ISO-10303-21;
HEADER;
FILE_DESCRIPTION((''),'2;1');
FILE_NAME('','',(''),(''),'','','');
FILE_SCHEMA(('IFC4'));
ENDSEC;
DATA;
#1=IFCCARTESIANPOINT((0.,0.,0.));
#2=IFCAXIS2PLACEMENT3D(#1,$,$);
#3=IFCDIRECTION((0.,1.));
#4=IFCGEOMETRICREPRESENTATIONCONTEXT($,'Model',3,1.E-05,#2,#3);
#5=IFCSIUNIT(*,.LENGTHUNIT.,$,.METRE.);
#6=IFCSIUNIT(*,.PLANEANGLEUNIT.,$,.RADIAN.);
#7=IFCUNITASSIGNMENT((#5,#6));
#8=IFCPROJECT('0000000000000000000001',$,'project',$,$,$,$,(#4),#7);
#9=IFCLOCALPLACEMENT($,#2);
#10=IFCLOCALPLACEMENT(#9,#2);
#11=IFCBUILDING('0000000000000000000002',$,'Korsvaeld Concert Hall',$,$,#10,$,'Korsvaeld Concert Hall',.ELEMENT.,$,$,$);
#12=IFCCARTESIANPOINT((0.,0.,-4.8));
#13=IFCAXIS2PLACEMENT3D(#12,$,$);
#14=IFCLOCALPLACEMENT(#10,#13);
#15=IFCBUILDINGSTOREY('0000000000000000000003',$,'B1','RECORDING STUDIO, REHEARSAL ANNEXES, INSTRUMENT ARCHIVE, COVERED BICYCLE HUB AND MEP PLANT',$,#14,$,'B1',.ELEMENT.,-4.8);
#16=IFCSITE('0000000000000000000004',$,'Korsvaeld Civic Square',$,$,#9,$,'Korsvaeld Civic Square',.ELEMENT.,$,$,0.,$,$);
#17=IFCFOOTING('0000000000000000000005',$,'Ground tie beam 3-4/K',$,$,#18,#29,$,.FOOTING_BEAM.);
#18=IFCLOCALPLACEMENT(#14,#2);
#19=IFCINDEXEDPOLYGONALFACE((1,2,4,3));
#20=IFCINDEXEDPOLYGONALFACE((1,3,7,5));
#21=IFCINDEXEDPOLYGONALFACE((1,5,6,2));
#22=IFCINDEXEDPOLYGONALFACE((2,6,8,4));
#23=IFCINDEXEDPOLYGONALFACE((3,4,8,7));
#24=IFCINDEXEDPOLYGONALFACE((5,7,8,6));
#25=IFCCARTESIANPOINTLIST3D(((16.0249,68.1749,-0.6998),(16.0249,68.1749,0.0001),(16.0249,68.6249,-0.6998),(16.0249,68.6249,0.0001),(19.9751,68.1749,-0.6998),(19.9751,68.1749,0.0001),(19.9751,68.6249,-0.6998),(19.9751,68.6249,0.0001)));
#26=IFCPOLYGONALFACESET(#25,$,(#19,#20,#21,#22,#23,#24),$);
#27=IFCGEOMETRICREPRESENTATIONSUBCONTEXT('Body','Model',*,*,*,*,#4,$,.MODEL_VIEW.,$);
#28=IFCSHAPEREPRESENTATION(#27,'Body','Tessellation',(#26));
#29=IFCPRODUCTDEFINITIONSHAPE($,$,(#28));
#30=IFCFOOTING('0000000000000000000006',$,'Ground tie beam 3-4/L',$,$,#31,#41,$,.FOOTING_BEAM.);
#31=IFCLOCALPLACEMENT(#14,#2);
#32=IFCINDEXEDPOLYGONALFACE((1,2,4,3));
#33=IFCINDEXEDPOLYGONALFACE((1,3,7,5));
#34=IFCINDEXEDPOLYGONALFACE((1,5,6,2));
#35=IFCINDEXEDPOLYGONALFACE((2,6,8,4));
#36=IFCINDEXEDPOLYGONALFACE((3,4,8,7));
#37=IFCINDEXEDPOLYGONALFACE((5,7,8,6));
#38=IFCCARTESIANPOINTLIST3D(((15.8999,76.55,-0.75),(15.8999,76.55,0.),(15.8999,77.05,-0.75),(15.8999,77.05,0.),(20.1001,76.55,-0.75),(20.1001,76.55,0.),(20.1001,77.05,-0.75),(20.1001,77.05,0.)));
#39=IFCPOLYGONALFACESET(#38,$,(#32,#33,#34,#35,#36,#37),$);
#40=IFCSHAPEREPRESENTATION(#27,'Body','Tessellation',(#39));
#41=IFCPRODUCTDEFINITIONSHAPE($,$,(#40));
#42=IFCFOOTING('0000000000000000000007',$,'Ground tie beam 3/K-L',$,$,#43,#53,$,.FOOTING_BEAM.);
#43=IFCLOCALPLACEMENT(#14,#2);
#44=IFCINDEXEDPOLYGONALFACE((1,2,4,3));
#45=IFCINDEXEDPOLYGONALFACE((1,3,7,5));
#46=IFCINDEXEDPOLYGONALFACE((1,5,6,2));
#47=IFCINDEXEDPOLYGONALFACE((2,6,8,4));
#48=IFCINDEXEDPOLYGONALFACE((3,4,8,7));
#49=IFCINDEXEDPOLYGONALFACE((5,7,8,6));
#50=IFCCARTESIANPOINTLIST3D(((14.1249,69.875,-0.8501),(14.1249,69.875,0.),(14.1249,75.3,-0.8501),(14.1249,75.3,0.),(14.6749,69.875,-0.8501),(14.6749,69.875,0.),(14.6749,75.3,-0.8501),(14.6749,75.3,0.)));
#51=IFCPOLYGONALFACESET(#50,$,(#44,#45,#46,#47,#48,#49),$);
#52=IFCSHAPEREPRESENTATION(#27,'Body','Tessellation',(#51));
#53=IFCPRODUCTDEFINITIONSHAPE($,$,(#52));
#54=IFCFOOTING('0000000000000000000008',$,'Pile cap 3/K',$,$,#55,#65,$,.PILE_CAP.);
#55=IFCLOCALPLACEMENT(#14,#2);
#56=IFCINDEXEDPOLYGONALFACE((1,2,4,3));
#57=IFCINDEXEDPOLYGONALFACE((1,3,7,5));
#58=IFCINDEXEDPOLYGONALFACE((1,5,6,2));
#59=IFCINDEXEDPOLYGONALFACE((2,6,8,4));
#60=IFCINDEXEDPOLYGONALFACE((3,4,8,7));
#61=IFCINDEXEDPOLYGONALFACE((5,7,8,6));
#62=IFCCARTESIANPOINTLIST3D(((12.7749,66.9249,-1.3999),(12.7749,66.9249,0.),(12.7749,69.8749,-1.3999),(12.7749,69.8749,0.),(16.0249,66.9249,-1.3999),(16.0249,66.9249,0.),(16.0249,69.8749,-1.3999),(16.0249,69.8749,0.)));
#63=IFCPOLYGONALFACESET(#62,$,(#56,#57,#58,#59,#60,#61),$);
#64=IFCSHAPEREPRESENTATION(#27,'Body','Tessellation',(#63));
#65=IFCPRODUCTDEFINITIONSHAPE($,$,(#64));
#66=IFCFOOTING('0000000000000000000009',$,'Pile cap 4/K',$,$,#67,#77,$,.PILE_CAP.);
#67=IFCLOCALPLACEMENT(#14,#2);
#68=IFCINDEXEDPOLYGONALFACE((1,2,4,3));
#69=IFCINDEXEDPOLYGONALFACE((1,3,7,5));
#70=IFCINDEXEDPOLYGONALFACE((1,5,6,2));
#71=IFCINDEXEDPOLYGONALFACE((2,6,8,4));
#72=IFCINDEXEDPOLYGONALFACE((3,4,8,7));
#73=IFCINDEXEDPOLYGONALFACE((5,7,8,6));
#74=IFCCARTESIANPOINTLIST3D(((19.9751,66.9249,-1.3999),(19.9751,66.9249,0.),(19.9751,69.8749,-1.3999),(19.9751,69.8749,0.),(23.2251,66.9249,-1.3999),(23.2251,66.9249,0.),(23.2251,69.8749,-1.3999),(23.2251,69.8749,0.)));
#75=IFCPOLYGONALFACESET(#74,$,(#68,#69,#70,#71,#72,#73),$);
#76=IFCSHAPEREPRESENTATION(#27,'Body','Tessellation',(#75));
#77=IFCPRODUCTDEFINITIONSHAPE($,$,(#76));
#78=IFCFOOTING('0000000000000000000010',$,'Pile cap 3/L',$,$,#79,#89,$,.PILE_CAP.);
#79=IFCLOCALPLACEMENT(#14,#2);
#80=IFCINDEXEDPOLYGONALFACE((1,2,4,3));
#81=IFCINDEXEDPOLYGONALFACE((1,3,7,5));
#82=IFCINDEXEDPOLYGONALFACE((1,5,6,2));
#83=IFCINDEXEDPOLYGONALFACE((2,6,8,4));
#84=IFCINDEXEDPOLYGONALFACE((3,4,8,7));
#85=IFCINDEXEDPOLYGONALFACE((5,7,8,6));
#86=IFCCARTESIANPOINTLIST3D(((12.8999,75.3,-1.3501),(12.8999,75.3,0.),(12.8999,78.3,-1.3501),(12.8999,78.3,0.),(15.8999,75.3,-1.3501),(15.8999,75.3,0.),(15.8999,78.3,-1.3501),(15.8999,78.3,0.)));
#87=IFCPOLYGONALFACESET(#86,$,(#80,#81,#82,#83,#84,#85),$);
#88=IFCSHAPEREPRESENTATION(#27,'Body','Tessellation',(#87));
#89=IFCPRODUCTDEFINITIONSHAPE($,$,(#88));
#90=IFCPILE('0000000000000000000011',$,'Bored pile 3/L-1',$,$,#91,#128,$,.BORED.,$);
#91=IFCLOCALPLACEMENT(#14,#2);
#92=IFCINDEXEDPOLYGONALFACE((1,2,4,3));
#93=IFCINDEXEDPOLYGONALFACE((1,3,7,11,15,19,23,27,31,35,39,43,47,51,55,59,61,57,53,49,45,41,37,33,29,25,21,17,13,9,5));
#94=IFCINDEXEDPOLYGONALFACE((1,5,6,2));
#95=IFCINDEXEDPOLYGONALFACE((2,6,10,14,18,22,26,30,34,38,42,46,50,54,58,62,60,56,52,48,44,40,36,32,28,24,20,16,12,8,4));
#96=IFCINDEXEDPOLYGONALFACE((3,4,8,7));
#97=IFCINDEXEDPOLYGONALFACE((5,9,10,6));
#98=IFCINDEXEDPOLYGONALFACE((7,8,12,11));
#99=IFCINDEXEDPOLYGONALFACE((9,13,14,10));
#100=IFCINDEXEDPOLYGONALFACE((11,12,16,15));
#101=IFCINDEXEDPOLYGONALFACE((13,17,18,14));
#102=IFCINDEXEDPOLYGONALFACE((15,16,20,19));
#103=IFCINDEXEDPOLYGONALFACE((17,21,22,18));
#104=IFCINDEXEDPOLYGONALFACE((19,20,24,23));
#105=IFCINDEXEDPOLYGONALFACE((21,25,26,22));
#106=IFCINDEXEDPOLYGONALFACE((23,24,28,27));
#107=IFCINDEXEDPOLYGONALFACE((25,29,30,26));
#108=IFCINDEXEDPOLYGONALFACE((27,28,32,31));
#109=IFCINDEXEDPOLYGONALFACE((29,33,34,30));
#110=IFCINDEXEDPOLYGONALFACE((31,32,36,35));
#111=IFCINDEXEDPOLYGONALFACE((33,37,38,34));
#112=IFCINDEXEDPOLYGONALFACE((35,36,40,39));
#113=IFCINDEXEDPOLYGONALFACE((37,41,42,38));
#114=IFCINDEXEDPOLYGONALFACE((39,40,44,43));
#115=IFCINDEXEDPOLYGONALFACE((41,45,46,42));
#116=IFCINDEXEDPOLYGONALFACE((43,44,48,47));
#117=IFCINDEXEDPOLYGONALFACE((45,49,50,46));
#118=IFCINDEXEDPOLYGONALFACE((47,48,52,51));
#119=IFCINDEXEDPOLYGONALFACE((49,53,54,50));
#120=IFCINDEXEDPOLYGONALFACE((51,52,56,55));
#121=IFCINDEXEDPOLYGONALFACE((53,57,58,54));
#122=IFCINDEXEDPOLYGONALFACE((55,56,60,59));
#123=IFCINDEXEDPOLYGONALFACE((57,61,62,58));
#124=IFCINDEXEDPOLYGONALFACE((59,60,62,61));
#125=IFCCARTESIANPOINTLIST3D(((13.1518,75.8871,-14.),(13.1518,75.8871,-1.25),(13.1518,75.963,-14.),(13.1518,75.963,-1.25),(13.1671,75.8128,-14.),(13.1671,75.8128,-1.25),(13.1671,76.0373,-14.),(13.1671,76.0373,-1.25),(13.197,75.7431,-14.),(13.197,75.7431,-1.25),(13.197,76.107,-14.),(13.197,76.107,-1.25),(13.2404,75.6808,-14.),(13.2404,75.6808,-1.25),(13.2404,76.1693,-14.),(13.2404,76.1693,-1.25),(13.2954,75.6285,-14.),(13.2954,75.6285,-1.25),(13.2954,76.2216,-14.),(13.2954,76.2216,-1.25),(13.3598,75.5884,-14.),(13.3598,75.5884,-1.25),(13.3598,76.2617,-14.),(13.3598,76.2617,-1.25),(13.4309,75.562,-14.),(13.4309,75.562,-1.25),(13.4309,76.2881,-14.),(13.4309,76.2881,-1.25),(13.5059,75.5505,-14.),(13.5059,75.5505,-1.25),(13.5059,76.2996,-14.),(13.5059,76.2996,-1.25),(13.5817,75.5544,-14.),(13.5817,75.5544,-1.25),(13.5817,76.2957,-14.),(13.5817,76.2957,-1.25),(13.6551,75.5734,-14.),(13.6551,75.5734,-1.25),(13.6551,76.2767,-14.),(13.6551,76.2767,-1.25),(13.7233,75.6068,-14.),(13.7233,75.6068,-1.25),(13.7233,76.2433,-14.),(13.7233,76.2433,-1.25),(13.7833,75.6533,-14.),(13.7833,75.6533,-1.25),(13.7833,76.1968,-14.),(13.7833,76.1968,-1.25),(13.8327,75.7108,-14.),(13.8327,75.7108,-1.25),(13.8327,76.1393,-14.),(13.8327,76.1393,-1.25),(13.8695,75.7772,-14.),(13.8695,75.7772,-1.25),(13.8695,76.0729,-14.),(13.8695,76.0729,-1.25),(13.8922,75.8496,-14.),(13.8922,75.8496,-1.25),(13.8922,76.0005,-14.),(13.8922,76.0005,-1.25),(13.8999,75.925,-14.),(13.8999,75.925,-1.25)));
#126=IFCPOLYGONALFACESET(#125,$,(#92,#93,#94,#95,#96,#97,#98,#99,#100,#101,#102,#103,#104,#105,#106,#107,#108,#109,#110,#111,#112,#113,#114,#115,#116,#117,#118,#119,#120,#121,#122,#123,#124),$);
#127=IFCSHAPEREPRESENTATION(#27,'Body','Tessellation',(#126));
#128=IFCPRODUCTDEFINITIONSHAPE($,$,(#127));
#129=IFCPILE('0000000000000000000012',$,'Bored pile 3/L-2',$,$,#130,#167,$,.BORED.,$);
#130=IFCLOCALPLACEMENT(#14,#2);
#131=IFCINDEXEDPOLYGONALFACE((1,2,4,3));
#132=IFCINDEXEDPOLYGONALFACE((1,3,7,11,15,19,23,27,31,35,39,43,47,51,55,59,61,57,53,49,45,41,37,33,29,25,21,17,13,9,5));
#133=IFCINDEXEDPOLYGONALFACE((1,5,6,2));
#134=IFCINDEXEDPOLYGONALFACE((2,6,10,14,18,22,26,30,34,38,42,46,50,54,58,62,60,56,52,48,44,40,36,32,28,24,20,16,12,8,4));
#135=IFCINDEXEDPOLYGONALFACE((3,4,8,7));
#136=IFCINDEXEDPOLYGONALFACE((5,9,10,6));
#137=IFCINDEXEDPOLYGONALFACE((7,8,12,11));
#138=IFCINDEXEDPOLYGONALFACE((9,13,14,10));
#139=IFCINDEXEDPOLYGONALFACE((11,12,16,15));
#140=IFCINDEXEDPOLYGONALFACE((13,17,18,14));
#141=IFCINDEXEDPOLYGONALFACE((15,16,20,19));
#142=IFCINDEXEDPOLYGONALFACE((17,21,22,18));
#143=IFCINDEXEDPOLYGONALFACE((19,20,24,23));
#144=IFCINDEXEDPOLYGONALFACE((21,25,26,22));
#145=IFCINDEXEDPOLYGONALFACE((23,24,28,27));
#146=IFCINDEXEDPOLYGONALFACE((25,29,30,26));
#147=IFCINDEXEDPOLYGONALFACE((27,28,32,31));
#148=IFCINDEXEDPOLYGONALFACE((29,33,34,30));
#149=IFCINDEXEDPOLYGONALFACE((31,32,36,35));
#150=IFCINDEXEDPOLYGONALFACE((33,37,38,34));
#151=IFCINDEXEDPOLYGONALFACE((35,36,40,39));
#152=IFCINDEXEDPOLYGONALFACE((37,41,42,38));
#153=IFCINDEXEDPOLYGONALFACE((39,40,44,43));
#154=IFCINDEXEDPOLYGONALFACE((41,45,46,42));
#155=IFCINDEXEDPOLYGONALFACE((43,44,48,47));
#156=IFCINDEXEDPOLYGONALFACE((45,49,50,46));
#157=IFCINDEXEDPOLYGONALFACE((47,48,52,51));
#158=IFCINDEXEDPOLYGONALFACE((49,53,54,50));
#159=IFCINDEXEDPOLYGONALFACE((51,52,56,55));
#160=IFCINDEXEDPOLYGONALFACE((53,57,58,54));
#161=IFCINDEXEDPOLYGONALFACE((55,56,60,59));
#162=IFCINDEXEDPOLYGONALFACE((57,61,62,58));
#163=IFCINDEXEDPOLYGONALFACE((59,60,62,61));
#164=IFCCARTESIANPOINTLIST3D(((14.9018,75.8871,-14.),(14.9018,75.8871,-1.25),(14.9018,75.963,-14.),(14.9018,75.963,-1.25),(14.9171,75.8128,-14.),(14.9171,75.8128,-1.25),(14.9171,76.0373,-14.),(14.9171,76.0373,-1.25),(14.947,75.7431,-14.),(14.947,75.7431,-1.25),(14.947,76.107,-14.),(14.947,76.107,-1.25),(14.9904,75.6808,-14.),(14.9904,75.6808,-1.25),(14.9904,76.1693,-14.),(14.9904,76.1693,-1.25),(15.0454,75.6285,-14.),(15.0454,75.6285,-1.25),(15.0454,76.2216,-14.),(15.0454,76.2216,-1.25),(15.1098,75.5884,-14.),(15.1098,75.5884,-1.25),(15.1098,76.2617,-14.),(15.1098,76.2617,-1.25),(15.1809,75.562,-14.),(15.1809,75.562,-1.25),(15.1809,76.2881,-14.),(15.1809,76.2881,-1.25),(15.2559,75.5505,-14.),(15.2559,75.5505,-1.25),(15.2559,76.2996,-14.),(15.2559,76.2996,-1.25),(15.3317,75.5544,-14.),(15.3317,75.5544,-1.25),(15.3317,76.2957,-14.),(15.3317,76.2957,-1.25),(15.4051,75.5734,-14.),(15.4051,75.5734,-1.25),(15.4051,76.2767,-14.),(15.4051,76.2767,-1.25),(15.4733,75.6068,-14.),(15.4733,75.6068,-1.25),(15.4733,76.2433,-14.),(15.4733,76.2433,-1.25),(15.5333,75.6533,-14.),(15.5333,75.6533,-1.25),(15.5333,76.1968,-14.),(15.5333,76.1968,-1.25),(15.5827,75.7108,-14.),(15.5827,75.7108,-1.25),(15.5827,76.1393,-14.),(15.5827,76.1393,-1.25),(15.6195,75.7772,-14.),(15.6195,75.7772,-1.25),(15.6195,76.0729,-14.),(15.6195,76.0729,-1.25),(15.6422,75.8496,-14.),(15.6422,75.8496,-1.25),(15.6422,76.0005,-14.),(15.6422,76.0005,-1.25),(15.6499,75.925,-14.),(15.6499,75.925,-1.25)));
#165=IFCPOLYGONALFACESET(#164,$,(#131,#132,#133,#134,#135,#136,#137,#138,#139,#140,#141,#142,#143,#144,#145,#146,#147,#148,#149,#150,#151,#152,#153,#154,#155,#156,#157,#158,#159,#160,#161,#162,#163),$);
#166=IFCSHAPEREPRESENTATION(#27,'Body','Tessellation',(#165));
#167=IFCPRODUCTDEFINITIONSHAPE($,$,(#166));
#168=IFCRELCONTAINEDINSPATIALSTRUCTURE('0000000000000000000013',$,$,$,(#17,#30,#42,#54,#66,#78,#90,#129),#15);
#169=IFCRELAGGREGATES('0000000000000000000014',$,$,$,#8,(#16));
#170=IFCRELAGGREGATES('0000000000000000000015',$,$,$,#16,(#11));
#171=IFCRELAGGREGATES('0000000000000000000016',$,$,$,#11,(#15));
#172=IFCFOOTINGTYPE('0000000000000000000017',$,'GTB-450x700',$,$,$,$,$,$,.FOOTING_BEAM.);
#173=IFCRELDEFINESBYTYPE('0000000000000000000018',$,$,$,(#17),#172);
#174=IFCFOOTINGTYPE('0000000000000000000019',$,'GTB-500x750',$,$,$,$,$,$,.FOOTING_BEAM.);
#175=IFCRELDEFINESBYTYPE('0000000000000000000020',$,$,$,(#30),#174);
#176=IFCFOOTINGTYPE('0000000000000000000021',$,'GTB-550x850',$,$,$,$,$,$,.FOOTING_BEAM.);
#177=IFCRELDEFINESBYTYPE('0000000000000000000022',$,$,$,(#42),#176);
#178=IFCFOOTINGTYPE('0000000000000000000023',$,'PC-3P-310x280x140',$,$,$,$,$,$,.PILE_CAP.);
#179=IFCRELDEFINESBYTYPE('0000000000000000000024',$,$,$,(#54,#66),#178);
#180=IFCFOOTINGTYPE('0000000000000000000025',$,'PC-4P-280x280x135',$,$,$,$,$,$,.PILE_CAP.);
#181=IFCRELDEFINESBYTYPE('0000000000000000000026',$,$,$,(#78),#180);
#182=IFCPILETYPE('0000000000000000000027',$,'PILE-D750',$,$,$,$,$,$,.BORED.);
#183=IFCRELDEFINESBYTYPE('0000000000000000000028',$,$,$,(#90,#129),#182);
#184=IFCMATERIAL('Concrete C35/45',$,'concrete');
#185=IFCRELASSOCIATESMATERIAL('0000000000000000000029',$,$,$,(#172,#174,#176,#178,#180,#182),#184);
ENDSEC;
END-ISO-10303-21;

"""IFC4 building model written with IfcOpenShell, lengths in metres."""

from ifc_helpers import new_model, si_unit, direction, frame, origin, origin_2d, place, context, subcontext, project, spatial, rectangle, circle, extrude, material, material_profile, profile_set, type_object, element, save


model = new_model("IFC4")

# Units and contexts
model_context = context("Model", 3, precision=1e-05, world=origin(), true_north=direction((0.0, 1.0)))
body_context = subcontext(model_context, "Body", "Model", "MODEL_VIEW")
ifc_project = project(units=[si_unit("LENGTHUNIT", "METRE"), si_unit("PLANEANGLEUNIT", "RADIAN")], contexts=[model_context])

# Site, building, storey
site_placement = place(None, origin())
site = spatial("IfcSite", under=ifc_project, at=site_placement, Name="Korsvaeld Civic Square", LongName="Korsvaeld Civic Square", CompositionType="ELEMENT", RefElevation=0.0)
building_placement = place(site_placement, origin())
building = spatial("IfcBuilding", under=site, at=building_placement, Name="Korsvaeld Concert Hall", LongName="Korsvaeld Concert Hall", CompositionType="ELEMENT")
storey_placement = place(building_placement, frame((0.0, 0.0, -4.8)))
storey = spatial("IfcBuildingStorey", under=building, at=storey_placement, Name="B1", Description="RECORDING STUDIO, REHEARSAL ANNEXES, INSTRUMENT ARCHIVE, COVERED BICYCLE HUB AND MEP PLANT", LongName="B1", CompositionType="ELEMENT", Elevation=-4.8)

# Footings
ifc_material_1 = material(Name="Concrete C35/45", Category="concrete")
ifc_material_profile_1 = material_profile(ifc_material_1, rectangle(XDim=0.45, YDim=0.7, at=origin_2d()), Name="GTB 450x700")
ifc_profile_set_1 = profile_set([ifc_material_profile_1], Name="Concrete C35/45")
footing_type_1 = type_object("IfcFootingType", Name="GTB-450x700", PredefinedType="FOOTING_BEAM", material=ifc_profile_set_1)
footing_1_placement = place(storey_placement, frame((16.0249, 68.3999, -0.3499), z_axis=(1.0, 0.0, 0.0), x_axis=(0.0, 1.0, 0.0)))
element("IfcFooting", 1, at=footing_1_placement, inside=storey, type_object=footing_type_1, Name="Ground tie beam 3-4/K", PredefinedType="FOOTING_BEAM", context=body_context, shape_type="SweptSolid", body=[
    extrude(rectangle(XDim=0.45, YDim=0.7, at=origin_2d()), origin(), (0.0, 0.0, 1.0), 3.9502),
])
ifc_material_profile_2 = material_profile(ifc_material_1, rectangle(XDim=0.5, YDim=0.75, at=origin_2d()), Name="GTB 500x750")
ifc_profile_set_2 = profile_set([ifc_material_profile_2], Name="Concrete C35/45")
footing_type_2 = type_object("IfcFootingType", Name="GTB-500x750", PredefinedType="FOOTING_BEAM", material=ifc_profile_set_2)
footing_2_placement = place(storey_placement, frame((15.8999, 76.8, -0.375), z_axis=(1.0, 0.0, 0.0), x_axis=(0.0, 1.0, 0.0)))
element("IfcFooting", 2, at=footing_2_placement, inside=storey, type_object=footing_type_2, Name="Ground tie beam 3-4/L", PredefinedType="FOOTING_BEAM", context=body_context, shape_type="SweptSolid", body=[
    extrude(rectangle(XDim=0.5, YDim=0.75, at=origin_2d()), origin(), (0.0, 0.0, 1.0), 4.2002),
])
ifc_material_profile_3 = material_profile(ifc_material_1, rectangle(XDim=0.55, YDim=0.8501, at=origin_2d()), Name="GTB 550x850")
ifc_profile_set_3 = profile_set([ifc_material_profile_3], Name="Concrete C35/45")
footing_type_3 = type_object("IfcFootingType", Name="GTB-550x850", PredefinedType="FOOTING_BEAM", material=ifc_profile_set_3)
footing_3_placement = place(storey_placement, frame((14.3999, 69.875, -0.425), z_axis=(0.0, 1.0, 0.0), x_axis=(-1.0, 0.0, 0.0)))
element("IfcFooting", 3, at=footing_3_placement, inside=storey, type_object=footing_type_3, Name="Ground tie beam 3/K-L", PredefinedType="FOOTING_BEAM", context=body_context, shape_type="SweptSolid", body=[
    extrude(rectangle(XDim=0.55, YDim=0.8501, at=origin_2d()), origin(), (0.0, 0.0, 1.0), 5.425),
])
footing_type_4 = type_object("IfcFootingType", Name="PC-3P-310x280x140", PredefinedType="PILE_CAP", material=ifc_material_1)
for number, where, z_axis, x_axis, name in (
    (4, (14.3999, 68.3999, -1.3999), (0.0, 0.0, 1.0), (1.0, 0.0, 0.0), "Pile cap 3/K"),
    (5, (21.6001, 68.3999, -1.3999), (0.0, 0.0, 1.0), (1.0, 0.0, 0.0), "Pile cap 4/K"),
):
    element("IfcFooting", number, at=place(storey_placement, frame(where, z_axis=z_axis, x_axis=x_axis)), inside=storey, type_object=footing_type_4, Name=name, PredefinedType="PILE_CAP", context=body_context, shape_type="SweptSolid", body=[
        extrude(rectangle(XDim=3.25, YDim=2.95, at=origin_2d()), origin(), (0.0, 0.0, 1.0), 1.3999),
    ])
footing_type_5 = type_object("IfcFootingType", Name="PC-4P-280x280x135", PredefinedType="PILE_CAP", material=ifc_material_1)
footing_4_placement = place(storey_placement, frame((14.3999, 76.8, -1.3501), z_axis=(0.0, 0.0, 1.0), x_axis=(1.0, 0.0, 0.0)))
element("IfcFooting", 6, at=footing_4_placement, inside=storey, type_object=footing_type_5, Name="Pile cap 3/L", PredefinedType="PILE_CAP", context=body_context, shape_type="SweptSolid", body=[
    extrude(rectangle(XDim=3.0, YDim=3.0, at=origin_2d()), origin(), (0.0, 0.0, 1.0), 1.3501),
])

# Piles
ifc_material_profile_4 = material_profile(ifc_material_1, circle(Radius=0.375, at=origin_2d()), Name="BORED PILE D750")
ifc_profile_set_4 = profile_set([ifc_material_profile_4], Name="Concrete C35/45")
pile_type_1 = type_object("IfcPileType", Name="PILE-D750", PredefinedType="BORED", material=ifc_profile_set_4)
for number, where, z_axis, x_axis, name in (
    (7, (13.5249, 75.925, -1.25), (0.0, 0.0, -1.0), (1.0, 0.0, 0.0), "Bored pile 3/L-1"),
    (8, (15.2749, 75.925, -1.25), (0.0, 0.0, -1.0), (1.0, 0.0, 0.0), "Bored pile 3/L-2"),
):
    element("IfcPile", number, at=place(storey_placement, frame(where, z_axis=z_axis, x_axis=x_axis)), inside=storey, type_object=pile_type_1, Name=name, PredefinedType="BORED", context=body_context, shape_type="SweptSolid", body=[
        extrude(circle(Radius=0.375, at=origin_2d()), origin(), (0.0, 0.0, 1.0), 12.75),
    ])

save(model, "model.ifc")
